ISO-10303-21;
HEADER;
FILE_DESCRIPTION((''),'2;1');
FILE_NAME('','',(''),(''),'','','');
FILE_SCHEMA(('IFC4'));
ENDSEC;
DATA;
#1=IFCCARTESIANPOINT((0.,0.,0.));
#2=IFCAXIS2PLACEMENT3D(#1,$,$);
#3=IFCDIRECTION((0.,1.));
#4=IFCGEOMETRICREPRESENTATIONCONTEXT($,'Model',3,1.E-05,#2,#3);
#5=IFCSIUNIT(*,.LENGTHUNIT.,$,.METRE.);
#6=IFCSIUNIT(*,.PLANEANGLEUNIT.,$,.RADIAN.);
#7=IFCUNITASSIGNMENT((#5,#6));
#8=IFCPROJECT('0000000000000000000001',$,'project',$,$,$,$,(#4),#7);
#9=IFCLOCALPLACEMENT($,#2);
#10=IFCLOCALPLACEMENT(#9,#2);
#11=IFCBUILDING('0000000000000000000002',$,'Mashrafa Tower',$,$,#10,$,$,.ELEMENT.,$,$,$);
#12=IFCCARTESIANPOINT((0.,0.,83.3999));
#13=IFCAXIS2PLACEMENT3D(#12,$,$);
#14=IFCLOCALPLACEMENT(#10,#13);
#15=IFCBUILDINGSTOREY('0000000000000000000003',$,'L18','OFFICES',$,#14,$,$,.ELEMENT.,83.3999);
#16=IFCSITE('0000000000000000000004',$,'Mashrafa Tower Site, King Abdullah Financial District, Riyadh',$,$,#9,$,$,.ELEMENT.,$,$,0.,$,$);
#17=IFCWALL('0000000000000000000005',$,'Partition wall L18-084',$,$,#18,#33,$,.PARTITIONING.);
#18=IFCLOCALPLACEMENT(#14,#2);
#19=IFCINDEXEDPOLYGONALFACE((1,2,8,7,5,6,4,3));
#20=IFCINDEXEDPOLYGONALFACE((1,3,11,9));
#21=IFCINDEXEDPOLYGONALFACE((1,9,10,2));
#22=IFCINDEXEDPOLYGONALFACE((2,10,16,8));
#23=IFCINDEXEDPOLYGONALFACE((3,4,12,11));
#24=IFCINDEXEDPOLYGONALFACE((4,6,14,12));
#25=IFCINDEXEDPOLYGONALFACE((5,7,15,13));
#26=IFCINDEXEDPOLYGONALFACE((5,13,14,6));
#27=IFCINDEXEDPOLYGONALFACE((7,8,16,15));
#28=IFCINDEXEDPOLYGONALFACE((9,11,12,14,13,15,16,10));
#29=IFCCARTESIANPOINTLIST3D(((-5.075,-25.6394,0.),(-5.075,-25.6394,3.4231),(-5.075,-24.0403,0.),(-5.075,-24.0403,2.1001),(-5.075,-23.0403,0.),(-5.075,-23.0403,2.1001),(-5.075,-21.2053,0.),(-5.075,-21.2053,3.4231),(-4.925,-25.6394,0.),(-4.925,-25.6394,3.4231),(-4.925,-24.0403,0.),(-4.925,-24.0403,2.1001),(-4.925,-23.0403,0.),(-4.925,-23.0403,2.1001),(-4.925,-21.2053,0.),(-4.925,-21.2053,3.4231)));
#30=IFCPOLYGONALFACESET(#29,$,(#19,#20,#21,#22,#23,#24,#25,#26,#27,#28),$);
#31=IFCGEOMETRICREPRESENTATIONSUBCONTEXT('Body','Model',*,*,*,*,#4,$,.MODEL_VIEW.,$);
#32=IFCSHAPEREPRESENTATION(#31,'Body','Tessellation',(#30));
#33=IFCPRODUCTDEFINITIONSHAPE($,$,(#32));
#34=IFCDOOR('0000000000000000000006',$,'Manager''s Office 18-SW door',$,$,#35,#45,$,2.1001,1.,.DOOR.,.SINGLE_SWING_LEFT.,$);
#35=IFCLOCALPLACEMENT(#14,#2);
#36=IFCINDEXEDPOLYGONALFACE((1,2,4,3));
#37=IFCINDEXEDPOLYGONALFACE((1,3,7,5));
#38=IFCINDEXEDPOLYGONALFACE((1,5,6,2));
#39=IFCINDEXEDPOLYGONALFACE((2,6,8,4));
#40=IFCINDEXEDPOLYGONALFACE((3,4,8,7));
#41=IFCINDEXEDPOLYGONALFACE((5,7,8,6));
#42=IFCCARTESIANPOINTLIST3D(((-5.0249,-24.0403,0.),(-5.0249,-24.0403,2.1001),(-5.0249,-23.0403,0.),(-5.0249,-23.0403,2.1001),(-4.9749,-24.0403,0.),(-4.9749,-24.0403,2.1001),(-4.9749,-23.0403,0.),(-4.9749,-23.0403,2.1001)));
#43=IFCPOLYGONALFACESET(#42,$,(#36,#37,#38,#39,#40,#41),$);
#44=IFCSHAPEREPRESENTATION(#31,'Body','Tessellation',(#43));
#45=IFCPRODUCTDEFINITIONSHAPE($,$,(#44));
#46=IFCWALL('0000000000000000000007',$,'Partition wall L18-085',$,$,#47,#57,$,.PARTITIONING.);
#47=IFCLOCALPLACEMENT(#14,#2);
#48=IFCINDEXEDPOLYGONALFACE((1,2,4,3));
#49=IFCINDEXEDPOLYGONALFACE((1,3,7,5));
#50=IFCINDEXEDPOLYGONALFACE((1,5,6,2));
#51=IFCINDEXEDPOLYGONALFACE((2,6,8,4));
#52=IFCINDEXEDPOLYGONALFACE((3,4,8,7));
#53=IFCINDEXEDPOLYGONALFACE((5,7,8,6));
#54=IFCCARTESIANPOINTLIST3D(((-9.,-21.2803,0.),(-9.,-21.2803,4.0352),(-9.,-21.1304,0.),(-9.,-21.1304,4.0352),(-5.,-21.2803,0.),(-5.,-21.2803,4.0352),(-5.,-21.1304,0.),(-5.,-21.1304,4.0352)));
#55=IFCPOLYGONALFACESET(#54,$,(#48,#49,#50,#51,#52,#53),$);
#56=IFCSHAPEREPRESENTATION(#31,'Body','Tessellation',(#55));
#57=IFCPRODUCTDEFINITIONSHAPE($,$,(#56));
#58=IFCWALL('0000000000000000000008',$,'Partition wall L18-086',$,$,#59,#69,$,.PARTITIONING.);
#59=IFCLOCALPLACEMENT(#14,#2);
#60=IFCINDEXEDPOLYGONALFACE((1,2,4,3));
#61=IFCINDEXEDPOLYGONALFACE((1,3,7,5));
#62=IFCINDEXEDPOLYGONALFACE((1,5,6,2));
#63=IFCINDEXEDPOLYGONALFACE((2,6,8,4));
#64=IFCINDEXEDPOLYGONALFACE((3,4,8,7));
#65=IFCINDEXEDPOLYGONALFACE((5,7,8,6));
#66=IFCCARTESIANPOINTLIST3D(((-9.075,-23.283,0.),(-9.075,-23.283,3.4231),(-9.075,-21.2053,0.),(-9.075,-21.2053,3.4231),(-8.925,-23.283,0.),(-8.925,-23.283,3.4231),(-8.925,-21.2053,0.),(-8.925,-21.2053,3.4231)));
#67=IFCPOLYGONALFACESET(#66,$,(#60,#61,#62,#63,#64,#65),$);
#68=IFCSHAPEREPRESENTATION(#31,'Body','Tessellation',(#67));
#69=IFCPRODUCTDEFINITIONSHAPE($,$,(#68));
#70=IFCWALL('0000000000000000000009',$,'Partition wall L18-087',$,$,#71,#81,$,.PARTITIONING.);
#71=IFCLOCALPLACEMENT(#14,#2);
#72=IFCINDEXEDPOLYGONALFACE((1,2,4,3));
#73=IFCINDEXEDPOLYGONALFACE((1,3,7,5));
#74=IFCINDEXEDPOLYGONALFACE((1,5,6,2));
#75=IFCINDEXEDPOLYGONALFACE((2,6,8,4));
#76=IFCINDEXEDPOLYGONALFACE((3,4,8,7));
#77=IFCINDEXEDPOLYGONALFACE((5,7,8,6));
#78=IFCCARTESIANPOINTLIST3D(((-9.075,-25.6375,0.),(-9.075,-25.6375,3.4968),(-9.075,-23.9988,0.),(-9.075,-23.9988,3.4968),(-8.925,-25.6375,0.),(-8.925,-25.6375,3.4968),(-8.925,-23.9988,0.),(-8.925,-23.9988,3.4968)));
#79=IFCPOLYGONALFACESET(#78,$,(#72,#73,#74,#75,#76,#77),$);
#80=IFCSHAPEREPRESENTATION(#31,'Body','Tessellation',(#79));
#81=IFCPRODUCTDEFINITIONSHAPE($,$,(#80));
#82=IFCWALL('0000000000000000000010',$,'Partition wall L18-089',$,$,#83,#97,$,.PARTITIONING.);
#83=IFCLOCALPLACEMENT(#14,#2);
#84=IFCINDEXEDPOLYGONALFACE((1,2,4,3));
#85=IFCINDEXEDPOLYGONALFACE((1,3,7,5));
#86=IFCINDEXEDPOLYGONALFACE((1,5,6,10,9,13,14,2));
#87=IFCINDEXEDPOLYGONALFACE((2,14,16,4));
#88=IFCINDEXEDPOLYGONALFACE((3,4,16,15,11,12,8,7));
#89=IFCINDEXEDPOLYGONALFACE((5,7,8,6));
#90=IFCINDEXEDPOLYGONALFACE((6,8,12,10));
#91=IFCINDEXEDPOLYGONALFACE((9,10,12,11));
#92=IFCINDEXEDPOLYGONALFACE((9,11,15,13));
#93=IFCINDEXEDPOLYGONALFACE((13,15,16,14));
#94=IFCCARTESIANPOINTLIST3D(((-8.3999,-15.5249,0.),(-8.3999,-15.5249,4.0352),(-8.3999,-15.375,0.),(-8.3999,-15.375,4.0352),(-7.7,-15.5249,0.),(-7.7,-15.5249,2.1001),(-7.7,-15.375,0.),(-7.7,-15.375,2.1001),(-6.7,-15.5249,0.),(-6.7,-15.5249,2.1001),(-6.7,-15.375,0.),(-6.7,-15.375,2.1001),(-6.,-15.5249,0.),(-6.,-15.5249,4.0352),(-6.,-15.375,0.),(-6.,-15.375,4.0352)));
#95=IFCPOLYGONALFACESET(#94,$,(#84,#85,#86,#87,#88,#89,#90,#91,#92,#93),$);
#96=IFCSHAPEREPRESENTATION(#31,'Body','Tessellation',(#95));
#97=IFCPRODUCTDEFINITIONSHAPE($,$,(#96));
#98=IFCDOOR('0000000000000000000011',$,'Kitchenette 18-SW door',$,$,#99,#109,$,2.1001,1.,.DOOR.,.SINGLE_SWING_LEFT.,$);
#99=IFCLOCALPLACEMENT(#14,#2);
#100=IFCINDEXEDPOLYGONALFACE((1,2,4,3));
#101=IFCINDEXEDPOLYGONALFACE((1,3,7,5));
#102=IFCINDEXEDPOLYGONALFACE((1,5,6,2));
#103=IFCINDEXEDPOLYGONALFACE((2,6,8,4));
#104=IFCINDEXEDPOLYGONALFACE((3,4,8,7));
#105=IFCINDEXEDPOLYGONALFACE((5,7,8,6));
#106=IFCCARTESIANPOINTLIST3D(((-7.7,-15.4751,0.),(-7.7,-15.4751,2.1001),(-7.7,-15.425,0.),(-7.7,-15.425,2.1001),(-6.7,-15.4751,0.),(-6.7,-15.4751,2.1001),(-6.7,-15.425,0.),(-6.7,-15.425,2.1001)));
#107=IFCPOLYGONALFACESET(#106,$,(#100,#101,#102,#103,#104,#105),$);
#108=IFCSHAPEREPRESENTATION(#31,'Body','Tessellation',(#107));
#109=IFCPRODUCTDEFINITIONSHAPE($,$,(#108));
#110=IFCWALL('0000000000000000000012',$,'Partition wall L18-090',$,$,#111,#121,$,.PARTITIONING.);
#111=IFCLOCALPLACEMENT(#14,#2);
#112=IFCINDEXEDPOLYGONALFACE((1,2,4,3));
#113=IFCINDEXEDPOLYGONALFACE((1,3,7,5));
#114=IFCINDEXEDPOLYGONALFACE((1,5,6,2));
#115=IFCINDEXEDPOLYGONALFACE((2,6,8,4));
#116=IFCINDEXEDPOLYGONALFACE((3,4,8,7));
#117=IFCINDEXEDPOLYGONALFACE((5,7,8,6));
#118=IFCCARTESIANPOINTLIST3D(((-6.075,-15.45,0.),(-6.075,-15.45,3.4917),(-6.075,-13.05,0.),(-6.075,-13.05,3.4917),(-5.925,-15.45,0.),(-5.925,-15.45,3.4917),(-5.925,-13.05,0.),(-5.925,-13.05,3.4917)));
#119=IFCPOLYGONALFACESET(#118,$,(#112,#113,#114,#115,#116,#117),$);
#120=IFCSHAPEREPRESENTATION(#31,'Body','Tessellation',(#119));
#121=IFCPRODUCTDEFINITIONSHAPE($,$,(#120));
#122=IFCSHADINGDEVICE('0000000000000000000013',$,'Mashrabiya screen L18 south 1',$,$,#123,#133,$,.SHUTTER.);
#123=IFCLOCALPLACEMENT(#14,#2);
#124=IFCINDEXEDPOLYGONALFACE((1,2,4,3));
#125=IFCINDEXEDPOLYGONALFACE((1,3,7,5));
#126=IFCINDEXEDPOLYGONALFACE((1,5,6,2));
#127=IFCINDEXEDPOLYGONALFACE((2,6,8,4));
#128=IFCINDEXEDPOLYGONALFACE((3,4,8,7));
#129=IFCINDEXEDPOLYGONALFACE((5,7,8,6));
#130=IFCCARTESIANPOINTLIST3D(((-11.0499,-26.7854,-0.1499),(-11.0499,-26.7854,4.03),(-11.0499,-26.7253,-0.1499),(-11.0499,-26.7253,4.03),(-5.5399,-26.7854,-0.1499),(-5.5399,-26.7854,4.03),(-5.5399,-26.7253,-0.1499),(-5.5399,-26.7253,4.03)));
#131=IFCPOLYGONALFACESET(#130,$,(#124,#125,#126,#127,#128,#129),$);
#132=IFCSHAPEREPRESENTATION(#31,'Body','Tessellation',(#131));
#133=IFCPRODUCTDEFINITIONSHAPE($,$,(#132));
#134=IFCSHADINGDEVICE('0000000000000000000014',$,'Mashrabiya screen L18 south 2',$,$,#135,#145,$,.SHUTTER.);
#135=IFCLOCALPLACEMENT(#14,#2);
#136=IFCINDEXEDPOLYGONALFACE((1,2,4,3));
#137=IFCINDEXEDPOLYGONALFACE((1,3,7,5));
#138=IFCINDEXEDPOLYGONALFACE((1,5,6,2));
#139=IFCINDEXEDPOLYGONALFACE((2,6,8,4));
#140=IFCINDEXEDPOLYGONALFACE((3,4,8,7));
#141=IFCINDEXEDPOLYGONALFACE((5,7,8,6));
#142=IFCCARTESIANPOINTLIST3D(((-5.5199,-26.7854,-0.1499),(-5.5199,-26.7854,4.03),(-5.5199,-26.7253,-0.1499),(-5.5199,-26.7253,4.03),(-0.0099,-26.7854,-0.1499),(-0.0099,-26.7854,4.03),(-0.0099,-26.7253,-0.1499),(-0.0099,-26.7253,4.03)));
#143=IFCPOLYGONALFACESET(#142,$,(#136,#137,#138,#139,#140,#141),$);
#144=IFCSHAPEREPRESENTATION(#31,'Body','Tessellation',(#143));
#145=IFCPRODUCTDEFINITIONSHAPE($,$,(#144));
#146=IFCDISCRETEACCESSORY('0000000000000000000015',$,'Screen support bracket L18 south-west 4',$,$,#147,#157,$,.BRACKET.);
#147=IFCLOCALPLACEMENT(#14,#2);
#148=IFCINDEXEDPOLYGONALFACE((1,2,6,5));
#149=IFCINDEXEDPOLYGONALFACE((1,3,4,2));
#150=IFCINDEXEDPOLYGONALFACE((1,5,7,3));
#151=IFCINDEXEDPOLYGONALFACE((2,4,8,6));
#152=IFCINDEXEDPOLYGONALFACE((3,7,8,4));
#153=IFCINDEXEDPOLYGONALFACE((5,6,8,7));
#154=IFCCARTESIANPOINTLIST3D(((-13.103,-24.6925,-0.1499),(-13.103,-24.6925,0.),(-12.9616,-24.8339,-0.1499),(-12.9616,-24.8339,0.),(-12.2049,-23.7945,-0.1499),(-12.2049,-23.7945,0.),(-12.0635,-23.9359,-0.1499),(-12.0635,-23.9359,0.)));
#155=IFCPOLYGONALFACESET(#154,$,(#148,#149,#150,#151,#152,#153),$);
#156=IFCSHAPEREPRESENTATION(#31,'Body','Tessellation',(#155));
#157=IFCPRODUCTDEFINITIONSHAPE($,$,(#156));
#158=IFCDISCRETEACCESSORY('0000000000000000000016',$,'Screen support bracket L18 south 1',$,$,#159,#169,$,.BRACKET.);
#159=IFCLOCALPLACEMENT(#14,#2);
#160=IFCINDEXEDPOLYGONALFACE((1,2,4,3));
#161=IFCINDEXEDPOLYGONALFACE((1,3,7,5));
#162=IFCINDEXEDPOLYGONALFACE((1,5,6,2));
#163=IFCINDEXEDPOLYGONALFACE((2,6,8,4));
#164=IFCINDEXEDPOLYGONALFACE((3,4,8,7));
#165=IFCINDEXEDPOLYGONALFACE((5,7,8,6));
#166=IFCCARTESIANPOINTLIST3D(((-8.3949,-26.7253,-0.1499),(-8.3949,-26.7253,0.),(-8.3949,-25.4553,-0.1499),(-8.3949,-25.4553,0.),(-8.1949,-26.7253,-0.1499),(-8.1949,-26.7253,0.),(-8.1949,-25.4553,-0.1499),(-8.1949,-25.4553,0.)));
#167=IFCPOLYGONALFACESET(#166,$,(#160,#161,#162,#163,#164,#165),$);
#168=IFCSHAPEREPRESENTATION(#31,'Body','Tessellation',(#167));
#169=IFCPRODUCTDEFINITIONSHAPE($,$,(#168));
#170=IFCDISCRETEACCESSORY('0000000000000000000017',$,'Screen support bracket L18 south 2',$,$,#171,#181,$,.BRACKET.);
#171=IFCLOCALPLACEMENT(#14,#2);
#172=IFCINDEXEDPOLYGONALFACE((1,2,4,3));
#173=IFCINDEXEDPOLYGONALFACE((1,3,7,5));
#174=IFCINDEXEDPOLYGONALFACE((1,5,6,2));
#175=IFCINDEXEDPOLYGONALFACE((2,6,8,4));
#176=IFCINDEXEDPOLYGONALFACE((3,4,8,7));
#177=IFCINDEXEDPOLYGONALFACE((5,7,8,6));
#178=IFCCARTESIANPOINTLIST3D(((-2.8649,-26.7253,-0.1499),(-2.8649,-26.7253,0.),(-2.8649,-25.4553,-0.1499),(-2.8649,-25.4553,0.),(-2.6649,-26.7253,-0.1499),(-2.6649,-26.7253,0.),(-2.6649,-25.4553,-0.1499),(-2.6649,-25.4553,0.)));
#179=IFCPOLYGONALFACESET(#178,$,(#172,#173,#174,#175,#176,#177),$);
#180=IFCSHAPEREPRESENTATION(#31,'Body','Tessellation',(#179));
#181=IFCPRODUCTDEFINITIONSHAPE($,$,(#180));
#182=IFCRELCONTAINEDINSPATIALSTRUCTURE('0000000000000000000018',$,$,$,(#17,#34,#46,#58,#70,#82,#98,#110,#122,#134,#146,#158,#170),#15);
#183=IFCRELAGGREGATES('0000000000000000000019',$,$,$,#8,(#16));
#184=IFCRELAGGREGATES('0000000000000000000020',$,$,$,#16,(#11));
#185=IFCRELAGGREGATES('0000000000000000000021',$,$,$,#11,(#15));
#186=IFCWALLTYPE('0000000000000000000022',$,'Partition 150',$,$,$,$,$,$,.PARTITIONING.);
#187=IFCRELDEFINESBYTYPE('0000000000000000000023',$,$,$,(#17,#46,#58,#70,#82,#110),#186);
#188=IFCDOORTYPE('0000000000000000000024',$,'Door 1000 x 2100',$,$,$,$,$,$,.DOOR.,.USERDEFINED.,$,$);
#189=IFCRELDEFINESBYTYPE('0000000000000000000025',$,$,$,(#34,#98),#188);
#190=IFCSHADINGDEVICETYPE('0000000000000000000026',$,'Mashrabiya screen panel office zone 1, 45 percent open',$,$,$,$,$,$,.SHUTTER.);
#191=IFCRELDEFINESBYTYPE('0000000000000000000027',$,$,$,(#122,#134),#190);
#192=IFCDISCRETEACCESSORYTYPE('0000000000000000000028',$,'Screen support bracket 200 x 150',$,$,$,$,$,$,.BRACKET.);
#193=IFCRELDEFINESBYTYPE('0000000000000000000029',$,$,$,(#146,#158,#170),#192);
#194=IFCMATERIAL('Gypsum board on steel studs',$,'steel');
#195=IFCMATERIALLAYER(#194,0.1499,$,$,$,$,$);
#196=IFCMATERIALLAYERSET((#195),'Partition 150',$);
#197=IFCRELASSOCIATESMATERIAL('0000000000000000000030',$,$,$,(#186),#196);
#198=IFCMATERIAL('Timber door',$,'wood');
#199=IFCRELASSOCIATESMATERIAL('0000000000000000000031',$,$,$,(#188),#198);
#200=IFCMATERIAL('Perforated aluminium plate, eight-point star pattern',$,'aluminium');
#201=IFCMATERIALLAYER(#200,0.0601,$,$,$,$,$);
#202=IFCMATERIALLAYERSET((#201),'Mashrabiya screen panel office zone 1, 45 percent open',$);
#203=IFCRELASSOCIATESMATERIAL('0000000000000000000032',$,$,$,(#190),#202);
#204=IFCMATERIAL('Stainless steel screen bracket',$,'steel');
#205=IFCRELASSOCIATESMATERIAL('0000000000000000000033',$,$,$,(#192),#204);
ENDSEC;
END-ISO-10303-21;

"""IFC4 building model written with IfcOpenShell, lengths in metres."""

from ifc_helpers import new_model, si_unit, direction, frame, frame_2d, origin, origin_2d, place, context, subcontext, project, spatial, rectangle, extrude, source, transform, mapped, material, layer, layer_set, type_object, type_shapes, element, fill, save


model = new_model("IFC4")

# Units and contexts
model_context = context("Model", 3, precision=1e-05, world=origin(), true_north=direction((0.0, 1.0)))
body_context = subcontext(model_context, "Body", "Model", "MODEL_VIEW")
ifc_project = project(units=[si_unit("LENGTHUNIT", "METRE"), si_unit("PLANEANGLEUNIT", "RADIAN")], contexts=[model_context])

# Site, building, storey
site_placement = place(None, origin())
site = spatial("IfcSite", under=ifc_project, at=site_placement, Name="Mashrafa Tower Site, King Abdullah Financial District, Riyadh", CompositionType="ELEMENT", RefElevation=0.0)
building_placement = place(site_placement, origin())
building = spatial("IfcBuilding", under=site, at=building_placement, Name="Mashrafa Tower", CompositionType="ELEMENT")
storey_placement = place(building_placement, frame((0.0, 0.0, 83.3999)))
storey = spatial("IfcBuildingStorey", under=building, at=storey_placement, Name="L18", Description="OFFICES", CompositionType="ELEMENT", Elevation=83.3999)

# Wall, opening, door
ifc_material_1 = material(Name="Gypsum board on steel studs", Category="steel")
ifc_layer_1 = layer(ifc_material_1, 0.1499)
ifc_layer_set_1 = layer_set([ifc_layer_1], Name="Partition 150")
wall_type = type_object("IfcWallType", Name="Partition 150", PredefinedType="PARTITIONING", material=ifc_layer_set_1)
wall_1_placement = place(storey_placement, frame((-5.0, -25.6394, 0.0), z_axis=(0.0, 0.0, 1.0), x_axis=(0.0, 1.0, 0.0)))
wall_1 = element("IfcWall", 1, at=wall_1_placement, inside=storey, type_object=wall_type, Name="Partition wall L18-084", PredefinedType="PARTITIONING", context=body_context, shape_type="SweptSolid", body=[
    extrude(rectangle(XDim=4.4341, YDim=0.1499, at=frame_2d((2.217, 0.0))), origin(), (0.0, 0.0, 1.0), 3.4231),
])
opening_1_placement = place(wall_1_placement, frame((1.5991, 0.0, 0.0)))
opening_1 = element("IfcOpeningElement", 2, at=opening_1_placement, cuts=wall_1, PredefinedType="OPENING", context=body_context, shape_type="SweptSolid", body=[
    extrude(rectangle(XDim=1.0, YDim=2.1001, at=frame_2d((0.5, 1.05))), frame((0.0, 0.085, 0.0), z_axis=(0.0, -1.0, 0.0), x_axis=(1.0, 0.0, 0.0)), (0.0, 0.0, 1.0), 0.1699),
])
ifc_material_2 = material(Name="Timber door", Category="wood")
door_type = type_object("IfcDoorType", Name="Door 1000 x 2100", OperationType="USERDEFINED", PredefinedType="DOOR", material=ifc_material_2)
door_1_placement = place(opening_1_placement, origin())
door_1 = element("IfcDoor", 3, at=door_1_placement, inside=storey, type_object=door_type, Name="Manager's Office 18-SW door", OperationType="SINGLE_SWING_LEFT", OverallHeight=2.1001, OverallWidth=1.0, PredefinedType="DOOR", context=body_context, shape_type="SweptSolid", body=[
    extrude(rectangle(XDim=1.0, YDim=2.1001, at=frame_2d((0.5, 1.05))), frame((0.0, 0.0249, 0.0), z_axis=(0.0, -1.0, 0.0), x_axis=(1.0, 0.0, 0.0)), (0.0, 0.0, 1.0), 0.05),
])
fill(opening_1, door_1)

# Walls
wall_2_placement = place(storey_placement, frame((-5.0, -21.2053, 0.0), z_axis=(0.0, 0.0, 1.0), x_axis=(-1.0, 0.0, 0.0)))
element("IfcWall", 4, at=wall_2_placement, inside=storey, type_object=wall_type, Name="Partition wall L18-085", PredefinedType="PARTITIONING", context=body_context, shape_type="SweptSolid", body=[
    extrude(rectangle(XDim=4.0, YDim=0.1499, at=frame_2d((2.0, 0.0))), origin(), (0.0, 0.0, 1.0), 4.0352),
])
wall_3_placement = place(storey_placement, frame((-9.0, -21.2053, 0.0), z_axis=(0.0, 0.0, 1.0), x_axis=(0.0, -1.0, 0.0)))
element("IfcWall", 5, at=wall_3_placement, inside=storey, type_object=wall_type, Name="Partition wall L18-086", PredefinedType="PARTITIONING", context=body_context, shape_type="SweptSolid", body=[
    extrude(rectangle(XDim=2.0776, YDim=0.1499, at=frame_2d((1.0388, 0.0))), origin(), (0.0, 0.0, 1.0), 3.4231),
])
wall_4_placement = place(storey_placement, frame((-9.0, -23.9988, 0.0), z_axis=(0.0, 0.0, 1.0), x_axis=(0.0, -1.0, 0.0)))
element("IfcWall", 6, at=wall_4_placement, inside=storey, type_object=wall_type, Name="Partition wall L18-087", PredefinedType="PARTITIONING", context=body_context, shape_type="SweptSolid", body=[
    extrude(rectangle(XDim=1.6387, YDim=0.1499, at=frame_2d((0.8193, 0.0))), origin(), (0.0, 0.0, 1.0), 3.4968),
])

# Wall, opening, door
wall_5_placement = place(storey_placement, frame((-8.3999, -15.45, 0.0), z_axis=(0.0, 0.0, 1.0), x_axis=(1.0, 0.0, 0.0)))
wall_5 = element("IfcWall", 7, at=wall_5_placement, inside=storey, type_object=wall_type, Name="Partition wall L18-089", PredefinedType="PARTITIONING", context=body_context, shape_type="SweptSolid", body=[
    extrude(rectangle(XDim=2.3999, YDim=0.1499, at=frame_2d((1.2, 0.0))), origin(), (0.0, 0.0, 1.0), 4.0352),
])
opening_2_placement = place(wall_5_placement, frame((0.7, 0.0, 0.0)))
opening_2 = element("IfcOpeningElement", 8, at=opening_2_placement, cuts=wall_5, PredefinedType="OPENING", context=body_context, shape_type="SweptSolid", body=[
    extrude(rectangle(XDim=1.0, YDim=2.1001, at=frame_2d((0.5, 1.05))), frame((0.0, 0.085, 0.0), z_axis=(0.0, -1.0, 0.0), x_axis=(1.0, 0.0, 0.0)), (0.0, 0.0, 1.0), 0.1699),
])
door_2_placement = place(opening_2_placement, origin())
door_2 = element("IfcDoor", 9, at=door_2_placement, inside=storey, type_object=door_type, Name="Kitchenette 18-SW door", OperationType="SINGLE_SWING_LEFT", OverallHeight=2.1001, OverallWidth=1.0, PredefinedType="DOOR", context=body_context, shape_type="SweptSolid", body=[
    extrude(rectangle(XDim=1.0, YDim=2.1001, at=frame_2d((0.5, 1.05))), frame((0.0, 0.0249, 0.0), z_axis=(0.0, -1.0, 0.0), x_axis=(1.0, 0.0, 0.0)), (0.0, 0.0, 1.0), 0.05),
])
fill(opening_2, door_2)

# Wall
wall_6_placement = place(storey_placement, frame((-6.0, -15.45, 0.0), z_axis=(0.0, 0.0, 1.0), x_axis=(0.0, 1.0, 0.0)))
element("IfcWall", 10, at=wall_6_placement, inside=storey, type_object=wall_type, Name="Partition wall L18-090", PredefinedType="PARTITIONING", context=body_context, shape_type="SweptSolid", body=[
    extrude(rectangle(XDim=2.3999, YDim=0.1499, at=frame_2d((1.2, 0.0))), origin(), (0.0, 0.0, 1.0), 3.4917),
])

# Shading devices
ifc_material_3 = material(Name="Perforated aluminium plate, eight-point star pattern", Category="aluminium")
ifc_layer_2 = layer(ifc_material_3, 0.0601)
ifc_layer_set_2 = layer_set([ifc_layer_2], Name="Mashrabiya screen panel office zone 1, 45 percent open")
shading_device_type = type_object("IfcShadingDeviceType", Name="Mashrabiya screen panel office zone 1, 45 percent open", PredefinedType="SHUTTER", material=ifc_layer_set_2)
shared_shape_1 = source(origin(), body_context, "Body", "SweptSolid", [
    extrude(rectangle(XDim=5.51, YDim=0.0601, at=origin_2d()), origin(), (0.0, 0.0, 1.0), 4.1799),
])
type_shapes(shading_device_type, [shared_shape_1])
for number, where, z_axis, x_axis, name in (
    (11, (-8.2949, -26.7554, -0.1499), (0.0, 0.0, 1.0), (1.0, 0.0, 0.0), "Mashrabiya screen L18 south 1"),
    (12, (-2.7649, -26.7554, -0.1499), (0.0, 0.0, 1.0), (1.0, 0.0, 0.0), "Mashrabiya screen L18 south 2"),
):
    element("IfcShadingDevice", number, at=place(storey_placement, frame(where, z_axis=z_axis, x_axis=x_axis)), inside=storey, type_object=shading_device_type, Name=name, PredefinedType="SHUTTER", context=body_context, shape_type="MappedRepresentation", body=[
        mapped(shared_shape_1, transform((0.0, 0.0, 0.0))),
    ])

# Discrete accessories
ifc_material_4 = material(Name="Stainless steel screen bracket", Category="steel")
discrete_accessory_type = type_object("IfcDiscreteAccessoryType", Name="Screen support bracket 200 x 150", PredefinedType="BRACKET", material=ifc_material_4)
shared_shape_2 = source(origin(), body_context, "Body", "SweptSolid", [
    extrude(rectangle(XDim=0.2, YDim=1.27, at=origin_2d()), origin(), (0.0, 0.0, 1.0), 0.1499),
])
type_shapes(discrete_accessory_type, [shared_shape_2])
for number, where, z_axis, x_axis, name in (
    (13, (-12.5833, -24.3142, -0.1499), (0.0, 0.0, 1.0), (0.707107, -0.707107, 0.0), "Screen support bracket L18 south-west 4"),
    (14, (-8.2949, -26.0903, -0.1499), (0.0, 0.0, 1.0), (1.0, 0.0, 0.0), "Screen support bracket L18 south 1"),
    (15, (-2.7649, -26.0903, -0.1499), (0.0, 0.0, 1.0), (1.0, 0.0, 0.0), "Screen support bracket L18 south 2"),
):
    element("IfcDiscreteAccessory", number, at=place(storey_placement, frame(where, z_axis=z_axis, x_axis=x_axis)), inside=storey, type_object=discrete_accessory_type, Name=name, PredefinedType="BRACKET", context=body_context, shape_type="MappedRepresentation", body=[
        mapped(shared_shape_2, transform((0.0, 0.0, 0.0))),
    ])

save(model, "model.ifc")
